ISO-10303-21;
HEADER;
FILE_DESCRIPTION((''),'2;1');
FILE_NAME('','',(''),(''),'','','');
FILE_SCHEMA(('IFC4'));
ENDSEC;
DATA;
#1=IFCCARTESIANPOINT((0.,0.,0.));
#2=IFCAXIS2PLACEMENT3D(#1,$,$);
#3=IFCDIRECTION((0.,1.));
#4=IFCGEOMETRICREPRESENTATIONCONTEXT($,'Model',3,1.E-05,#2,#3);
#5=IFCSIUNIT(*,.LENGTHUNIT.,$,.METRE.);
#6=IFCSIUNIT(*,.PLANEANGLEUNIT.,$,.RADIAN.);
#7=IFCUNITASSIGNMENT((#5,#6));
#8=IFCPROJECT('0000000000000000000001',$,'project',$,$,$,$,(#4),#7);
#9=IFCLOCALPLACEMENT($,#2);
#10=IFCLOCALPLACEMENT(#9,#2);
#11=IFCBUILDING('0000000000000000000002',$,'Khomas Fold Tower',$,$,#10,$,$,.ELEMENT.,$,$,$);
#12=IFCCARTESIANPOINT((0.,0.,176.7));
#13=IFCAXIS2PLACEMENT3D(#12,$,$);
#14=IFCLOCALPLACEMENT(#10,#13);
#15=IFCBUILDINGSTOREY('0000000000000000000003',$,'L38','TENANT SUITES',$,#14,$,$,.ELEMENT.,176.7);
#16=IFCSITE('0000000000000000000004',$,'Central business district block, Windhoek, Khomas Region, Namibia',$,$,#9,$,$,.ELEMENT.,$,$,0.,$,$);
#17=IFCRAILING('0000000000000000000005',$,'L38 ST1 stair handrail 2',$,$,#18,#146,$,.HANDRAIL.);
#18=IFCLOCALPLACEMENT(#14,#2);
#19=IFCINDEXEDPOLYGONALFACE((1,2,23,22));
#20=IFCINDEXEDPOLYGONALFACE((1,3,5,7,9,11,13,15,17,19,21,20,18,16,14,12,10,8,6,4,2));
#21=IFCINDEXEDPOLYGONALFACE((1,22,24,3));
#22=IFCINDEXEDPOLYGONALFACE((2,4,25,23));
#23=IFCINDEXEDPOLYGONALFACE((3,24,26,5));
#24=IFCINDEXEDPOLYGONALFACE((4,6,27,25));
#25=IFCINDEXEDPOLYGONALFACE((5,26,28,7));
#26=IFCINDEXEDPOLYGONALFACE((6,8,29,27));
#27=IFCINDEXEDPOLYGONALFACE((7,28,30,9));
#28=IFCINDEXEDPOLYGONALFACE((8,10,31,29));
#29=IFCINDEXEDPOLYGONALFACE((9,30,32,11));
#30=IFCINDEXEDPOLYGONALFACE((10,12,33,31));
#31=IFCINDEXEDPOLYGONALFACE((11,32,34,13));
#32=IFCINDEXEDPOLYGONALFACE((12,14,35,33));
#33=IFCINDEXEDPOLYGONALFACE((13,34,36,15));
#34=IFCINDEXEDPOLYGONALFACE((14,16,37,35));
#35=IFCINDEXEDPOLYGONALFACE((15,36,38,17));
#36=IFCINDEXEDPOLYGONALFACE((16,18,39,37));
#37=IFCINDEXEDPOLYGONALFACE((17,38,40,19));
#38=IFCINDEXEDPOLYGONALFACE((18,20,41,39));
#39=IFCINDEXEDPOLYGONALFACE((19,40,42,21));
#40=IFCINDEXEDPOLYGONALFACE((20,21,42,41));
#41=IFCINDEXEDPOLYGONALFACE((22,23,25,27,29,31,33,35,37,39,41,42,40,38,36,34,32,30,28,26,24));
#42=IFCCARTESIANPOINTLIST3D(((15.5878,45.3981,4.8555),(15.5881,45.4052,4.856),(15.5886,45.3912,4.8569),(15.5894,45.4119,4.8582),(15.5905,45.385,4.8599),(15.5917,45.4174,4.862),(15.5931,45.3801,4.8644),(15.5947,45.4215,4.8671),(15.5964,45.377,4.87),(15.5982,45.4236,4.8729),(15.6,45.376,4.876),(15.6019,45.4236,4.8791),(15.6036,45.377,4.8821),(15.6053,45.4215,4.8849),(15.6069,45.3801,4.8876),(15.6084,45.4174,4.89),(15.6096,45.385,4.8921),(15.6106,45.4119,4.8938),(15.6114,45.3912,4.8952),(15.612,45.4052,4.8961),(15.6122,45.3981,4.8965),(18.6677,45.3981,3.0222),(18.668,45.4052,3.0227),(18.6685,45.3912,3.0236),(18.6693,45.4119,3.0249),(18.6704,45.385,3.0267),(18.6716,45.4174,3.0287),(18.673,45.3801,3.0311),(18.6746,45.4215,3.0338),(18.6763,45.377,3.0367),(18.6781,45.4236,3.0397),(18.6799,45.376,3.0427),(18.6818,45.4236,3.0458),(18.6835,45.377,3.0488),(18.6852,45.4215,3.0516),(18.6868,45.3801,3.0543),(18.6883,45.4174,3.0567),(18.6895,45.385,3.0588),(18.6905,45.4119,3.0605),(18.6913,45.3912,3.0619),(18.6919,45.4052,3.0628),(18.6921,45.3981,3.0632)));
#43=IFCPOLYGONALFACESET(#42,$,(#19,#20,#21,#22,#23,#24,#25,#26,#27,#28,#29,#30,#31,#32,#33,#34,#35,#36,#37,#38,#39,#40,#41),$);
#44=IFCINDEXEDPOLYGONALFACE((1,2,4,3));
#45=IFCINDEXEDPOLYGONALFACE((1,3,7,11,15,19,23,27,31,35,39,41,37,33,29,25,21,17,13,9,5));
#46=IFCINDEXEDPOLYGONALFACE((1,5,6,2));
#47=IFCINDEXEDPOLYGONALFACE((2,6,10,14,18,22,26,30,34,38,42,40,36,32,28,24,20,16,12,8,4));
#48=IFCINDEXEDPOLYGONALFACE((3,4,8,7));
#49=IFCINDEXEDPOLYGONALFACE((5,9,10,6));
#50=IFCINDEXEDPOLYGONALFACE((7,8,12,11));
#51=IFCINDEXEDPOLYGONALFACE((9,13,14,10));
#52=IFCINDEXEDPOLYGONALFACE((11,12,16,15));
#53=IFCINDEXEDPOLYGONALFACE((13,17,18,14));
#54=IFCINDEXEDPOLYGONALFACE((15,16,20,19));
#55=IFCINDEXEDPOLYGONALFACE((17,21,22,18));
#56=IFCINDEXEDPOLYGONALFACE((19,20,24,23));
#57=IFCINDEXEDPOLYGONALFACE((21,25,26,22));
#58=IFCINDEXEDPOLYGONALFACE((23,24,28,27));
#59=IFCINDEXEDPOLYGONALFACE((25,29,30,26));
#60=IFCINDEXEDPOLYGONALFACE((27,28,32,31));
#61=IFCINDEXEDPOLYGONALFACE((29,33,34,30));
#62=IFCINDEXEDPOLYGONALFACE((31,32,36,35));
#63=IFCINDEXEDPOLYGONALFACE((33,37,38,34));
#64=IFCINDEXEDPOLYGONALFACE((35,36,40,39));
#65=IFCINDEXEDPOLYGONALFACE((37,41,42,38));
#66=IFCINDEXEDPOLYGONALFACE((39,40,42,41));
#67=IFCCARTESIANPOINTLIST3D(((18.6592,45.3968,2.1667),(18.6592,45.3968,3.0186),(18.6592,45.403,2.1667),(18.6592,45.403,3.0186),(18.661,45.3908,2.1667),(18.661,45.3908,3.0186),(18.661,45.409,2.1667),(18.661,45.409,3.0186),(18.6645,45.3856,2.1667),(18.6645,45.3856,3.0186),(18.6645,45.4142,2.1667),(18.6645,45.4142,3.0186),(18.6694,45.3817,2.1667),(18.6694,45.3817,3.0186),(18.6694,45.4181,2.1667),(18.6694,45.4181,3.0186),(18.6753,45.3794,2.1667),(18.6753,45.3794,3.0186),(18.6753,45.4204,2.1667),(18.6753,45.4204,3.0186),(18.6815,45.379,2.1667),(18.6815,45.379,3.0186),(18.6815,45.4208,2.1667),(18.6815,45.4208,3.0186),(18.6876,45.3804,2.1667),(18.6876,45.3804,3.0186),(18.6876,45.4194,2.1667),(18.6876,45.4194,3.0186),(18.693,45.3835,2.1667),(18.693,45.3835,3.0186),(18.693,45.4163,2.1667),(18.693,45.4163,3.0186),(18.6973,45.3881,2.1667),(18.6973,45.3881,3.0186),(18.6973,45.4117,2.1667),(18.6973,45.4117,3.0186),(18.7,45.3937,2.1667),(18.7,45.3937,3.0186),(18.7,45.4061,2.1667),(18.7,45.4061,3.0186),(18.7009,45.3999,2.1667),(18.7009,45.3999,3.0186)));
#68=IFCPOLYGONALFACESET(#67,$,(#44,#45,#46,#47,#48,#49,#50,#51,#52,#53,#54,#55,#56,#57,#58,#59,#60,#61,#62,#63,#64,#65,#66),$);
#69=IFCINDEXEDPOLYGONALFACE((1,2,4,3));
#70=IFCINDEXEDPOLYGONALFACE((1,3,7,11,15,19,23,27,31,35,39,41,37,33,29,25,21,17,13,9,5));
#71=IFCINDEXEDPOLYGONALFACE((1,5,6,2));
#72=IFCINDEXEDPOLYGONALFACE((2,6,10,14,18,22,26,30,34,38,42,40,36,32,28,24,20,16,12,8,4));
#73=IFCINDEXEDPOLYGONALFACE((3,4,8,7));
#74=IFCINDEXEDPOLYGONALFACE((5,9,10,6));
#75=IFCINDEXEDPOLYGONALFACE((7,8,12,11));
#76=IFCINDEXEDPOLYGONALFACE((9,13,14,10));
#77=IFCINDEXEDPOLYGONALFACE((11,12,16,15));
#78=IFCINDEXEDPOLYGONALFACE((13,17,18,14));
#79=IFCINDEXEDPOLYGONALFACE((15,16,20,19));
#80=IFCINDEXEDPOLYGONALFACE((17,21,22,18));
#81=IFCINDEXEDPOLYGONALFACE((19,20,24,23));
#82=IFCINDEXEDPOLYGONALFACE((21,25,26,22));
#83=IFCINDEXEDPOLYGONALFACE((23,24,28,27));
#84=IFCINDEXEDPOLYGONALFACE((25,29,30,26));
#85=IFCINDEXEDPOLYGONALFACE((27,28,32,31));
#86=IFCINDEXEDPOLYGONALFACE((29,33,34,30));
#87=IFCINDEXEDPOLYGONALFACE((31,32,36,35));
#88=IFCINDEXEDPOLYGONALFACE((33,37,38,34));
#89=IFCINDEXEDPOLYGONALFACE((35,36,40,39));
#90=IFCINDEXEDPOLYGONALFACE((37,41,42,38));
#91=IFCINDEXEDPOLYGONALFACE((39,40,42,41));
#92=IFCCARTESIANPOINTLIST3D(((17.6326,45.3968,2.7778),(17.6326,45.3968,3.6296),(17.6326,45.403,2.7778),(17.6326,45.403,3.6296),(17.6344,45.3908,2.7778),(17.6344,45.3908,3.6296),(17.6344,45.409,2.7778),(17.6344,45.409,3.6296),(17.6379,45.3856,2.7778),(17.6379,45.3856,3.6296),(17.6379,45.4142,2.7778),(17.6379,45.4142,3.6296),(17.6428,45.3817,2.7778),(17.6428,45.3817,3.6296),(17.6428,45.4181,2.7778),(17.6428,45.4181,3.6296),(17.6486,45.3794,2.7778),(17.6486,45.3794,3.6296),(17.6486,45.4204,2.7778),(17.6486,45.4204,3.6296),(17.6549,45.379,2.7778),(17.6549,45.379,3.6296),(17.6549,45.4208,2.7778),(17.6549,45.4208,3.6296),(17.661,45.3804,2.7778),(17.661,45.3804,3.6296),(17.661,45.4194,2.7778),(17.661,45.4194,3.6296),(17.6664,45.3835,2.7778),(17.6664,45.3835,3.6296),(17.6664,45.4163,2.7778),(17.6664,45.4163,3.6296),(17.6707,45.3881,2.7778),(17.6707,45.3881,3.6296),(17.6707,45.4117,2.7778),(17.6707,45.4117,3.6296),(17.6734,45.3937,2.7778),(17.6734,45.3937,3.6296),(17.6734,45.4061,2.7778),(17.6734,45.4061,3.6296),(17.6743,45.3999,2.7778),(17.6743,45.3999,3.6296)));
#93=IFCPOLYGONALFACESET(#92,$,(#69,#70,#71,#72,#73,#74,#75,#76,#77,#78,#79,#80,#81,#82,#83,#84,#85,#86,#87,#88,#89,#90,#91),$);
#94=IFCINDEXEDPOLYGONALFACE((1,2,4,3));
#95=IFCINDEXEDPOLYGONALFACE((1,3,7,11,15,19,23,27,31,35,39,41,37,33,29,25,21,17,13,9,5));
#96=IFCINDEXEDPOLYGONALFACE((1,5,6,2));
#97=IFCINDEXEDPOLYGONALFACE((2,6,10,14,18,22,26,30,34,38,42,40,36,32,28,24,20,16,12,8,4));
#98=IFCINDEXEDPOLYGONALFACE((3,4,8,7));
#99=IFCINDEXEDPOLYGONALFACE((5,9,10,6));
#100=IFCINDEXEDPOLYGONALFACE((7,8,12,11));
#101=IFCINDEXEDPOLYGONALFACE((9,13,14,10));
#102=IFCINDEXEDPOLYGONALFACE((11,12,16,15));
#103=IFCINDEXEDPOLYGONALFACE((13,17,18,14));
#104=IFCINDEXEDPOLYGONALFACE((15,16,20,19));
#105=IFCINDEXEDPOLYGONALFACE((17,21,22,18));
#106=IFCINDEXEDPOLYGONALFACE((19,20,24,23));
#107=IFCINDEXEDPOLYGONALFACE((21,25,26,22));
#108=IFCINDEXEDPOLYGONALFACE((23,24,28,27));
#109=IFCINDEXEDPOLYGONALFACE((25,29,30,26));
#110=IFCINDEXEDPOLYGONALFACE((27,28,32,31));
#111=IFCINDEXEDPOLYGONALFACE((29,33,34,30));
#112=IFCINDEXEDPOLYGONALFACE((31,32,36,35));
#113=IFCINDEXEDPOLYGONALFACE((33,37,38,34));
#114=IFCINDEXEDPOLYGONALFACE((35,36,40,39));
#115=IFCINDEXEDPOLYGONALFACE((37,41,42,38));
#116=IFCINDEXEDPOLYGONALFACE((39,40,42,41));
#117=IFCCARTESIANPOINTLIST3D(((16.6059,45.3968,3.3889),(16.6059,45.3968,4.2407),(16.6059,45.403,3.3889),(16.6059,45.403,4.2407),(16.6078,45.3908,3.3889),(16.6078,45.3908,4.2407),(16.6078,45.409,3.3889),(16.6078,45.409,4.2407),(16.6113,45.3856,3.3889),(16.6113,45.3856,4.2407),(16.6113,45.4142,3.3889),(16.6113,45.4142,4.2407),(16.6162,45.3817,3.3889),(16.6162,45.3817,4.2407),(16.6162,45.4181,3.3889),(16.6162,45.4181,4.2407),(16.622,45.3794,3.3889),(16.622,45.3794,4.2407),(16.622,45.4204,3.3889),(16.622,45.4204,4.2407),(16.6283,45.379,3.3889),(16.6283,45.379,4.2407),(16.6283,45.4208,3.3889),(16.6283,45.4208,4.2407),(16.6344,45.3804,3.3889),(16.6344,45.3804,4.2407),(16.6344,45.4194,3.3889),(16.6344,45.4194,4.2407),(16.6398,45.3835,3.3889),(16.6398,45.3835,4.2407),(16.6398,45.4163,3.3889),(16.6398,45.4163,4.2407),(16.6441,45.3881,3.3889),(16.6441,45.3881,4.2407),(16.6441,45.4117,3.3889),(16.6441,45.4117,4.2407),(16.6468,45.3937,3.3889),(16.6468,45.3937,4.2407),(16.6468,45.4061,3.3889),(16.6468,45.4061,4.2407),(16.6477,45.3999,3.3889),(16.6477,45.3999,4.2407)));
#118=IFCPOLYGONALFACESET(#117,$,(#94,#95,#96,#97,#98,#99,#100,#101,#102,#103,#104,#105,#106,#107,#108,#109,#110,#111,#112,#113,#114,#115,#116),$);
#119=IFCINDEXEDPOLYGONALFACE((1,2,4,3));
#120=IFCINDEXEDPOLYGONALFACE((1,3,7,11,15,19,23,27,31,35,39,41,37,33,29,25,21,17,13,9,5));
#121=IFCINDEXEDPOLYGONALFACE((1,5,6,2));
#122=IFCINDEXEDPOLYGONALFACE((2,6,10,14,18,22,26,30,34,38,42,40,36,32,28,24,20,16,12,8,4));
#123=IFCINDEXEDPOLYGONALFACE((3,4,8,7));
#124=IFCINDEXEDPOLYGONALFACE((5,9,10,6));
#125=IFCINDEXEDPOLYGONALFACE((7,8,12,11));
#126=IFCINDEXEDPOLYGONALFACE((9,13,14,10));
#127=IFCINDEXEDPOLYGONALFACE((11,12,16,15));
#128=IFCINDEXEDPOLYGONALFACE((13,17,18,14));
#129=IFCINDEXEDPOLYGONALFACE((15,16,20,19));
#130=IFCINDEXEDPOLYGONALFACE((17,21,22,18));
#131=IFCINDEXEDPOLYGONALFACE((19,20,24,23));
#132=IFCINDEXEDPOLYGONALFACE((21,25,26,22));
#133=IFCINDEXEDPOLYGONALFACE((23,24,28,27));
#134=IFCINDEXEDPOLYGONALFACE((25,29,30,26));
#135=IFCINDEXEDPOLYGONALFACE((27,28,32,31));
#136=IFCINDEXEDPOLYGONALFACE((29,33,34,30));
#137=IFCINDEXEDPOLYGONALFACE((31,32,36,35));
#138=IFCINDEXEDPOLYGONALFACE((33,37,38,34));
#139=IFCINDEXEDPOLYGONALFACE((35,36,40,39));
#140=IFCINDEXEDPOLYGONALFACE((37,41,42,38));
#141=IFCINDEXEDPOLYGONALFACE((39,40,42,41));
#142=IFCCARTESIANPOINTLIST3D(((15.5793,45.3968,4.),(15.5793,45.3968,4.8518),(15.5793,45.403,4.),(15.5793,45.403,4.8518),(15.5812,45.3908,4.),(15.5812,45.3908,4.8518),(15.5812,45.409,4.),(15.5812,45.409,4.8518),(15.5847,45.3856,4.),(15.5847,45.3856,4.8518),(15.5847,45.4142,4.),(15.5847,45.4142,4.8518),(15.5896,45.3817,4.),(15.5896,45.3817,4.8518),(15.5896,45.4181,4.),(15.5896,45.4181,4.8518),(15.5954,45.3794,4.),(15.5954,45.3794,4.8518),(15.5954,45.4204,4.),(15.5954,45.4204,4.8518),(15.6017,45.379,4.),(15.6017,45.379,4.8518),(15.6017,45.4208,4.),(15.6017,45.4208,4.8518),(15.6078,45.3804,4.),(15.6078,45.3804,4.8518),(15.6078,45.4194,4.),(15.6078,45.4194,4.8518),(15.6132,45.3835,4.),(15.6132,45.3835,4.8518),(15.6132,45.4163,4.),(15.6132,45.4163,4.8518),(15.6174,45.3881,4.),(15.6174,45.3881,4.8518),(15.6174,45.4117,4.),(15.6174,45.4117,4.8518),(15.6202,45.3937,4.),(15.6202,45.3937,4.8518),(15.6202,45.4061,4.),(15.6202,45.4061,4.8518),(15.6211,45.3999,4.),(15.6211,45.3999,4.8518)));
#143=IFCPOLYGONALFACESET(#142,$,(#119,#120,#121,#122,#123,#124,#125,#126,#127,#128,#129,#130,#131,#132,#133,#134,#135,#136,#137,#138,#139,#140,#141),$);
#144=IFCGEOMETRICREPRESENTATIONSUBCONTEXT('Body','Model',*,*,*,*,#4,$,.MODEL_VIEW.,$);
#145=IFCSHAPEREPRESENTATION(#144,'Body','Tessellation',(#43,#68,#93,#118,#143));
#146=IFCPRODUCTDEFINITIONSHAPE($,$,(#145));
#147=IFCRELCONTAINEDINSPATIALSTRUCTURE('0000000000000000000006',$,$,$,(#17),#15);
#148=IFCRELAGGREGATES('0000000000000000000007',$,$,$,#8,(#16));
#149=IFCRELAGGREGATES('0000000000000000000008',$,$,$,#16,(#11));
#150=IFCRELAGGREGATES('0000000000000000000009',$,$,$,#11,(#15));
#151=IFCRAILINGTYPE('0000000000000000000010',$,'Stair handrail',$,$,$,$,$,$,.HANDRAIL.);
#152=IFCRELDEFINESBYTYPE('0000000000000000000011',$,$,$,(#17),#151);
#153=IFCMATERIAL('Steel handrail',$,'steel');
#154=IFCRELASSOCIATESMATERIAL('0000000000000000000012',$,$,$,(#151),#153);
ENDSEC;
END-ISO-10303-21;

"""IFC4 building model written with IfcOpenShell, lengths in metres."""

from ifc_helpers import new_model, si_unit, direction, frame, origin, origin_2d, place, context, subcontext, project, spatial, circle, extrude, source, transform, mapped, material, type_object, element, save


model = new_model("IFC4")

# Units and contexts
model_context = context("Model", 3, precision=1e-05, world=origin(), true_north=direction((0.0, 1.0)))
body_context = subcontext(model_context, "Body", "Model", "MODEL_VIEW")
ifc_project = project(units=[si_unit("LENGTHUNIT", "METRE"), si_unit("PLANEANGLEUNIT", "RADIAN")], contexts=[model_context])

# Site, building, storey
site_placement = place(None, origin())
site = spatial("IfcSite", under=ifc_project, at=site_placement, Name="Central business district block, Windhoek, Khomas Region, Namibia", CompositionType="ELEMENT", RefElevation=0.0)
building_placement = place(site_placement, origin())
building = spatial("IfcBuilding", under=site, at=building_placement, Name="Khomas Fold Tower", CompositionType="ELEMENT")
storey_placement = place(building_placement, frame((0.0, 0.0, 176.7)))
storey = spatial("IfcBuildingStorey", under=building, at=storey_placement, Name="L38", Description="TENANT SUITES", CompositionType="ELEMENT", Elevation=176.7)

# Railing
ifc_material_1 = material(Name="Steel handrail", Category="steel")
railing_type_1 = type_object("IfcRailingType", Name="Stair handrail", PredefinedType="HANDRAIL", material=ifc_material_1)
shared_shape_1 = source(origin(), body_context, "Body", "SweptSolid", [
    extrude(circle(Radius=0.0239, at=origin_2d()), frame((0.0, 0.0, 0.876), z_axis=(-0.859291, 0.0, 0.511487), x_axis=(0.0, -1.0, 0.0)), (0.0, 0.0, 1.0), 3.5842),
    extrude(circle(Radius=0.021, at=origin_2d()), origin(), (0.0, 0.0, 1.0), 0.8518),
    extrude(circle(Radius=0.021, at=origin_2d()), frame((-1.0266, 0.0, 0.6111)), (0.0, 0.0, 1.0), 0.8518),
    extrude(circle(Radius=0.021, at=origin_2d()), frame((-2.0532, 0.0, 1.2222)), (0.0, 0.0, 1.0), 0.8518),
    extrude(circle(Radius=0.021, at=origin_2d()), frame((-3.0798, 0.0, 1.8333)), (0.0, 0.0, 1.0), 0.8518),
])
railing_1_placement = place(storey_placement, frame((18.6799, 45.3999, 2.1667)))
element("IfcRailing", 1, at=railing_1_placement, inside=storey, type_object=railing_type_1, Name="L38 ST1 stair handrail 2", PredefinedType="HANDRAIL", context=body_context, shape_type="MappedRepresentation", body=[
    mapped(shared_shape_1, transform((0.0, 0.0, 0.0))),
])

save(model, "model.ifc")
